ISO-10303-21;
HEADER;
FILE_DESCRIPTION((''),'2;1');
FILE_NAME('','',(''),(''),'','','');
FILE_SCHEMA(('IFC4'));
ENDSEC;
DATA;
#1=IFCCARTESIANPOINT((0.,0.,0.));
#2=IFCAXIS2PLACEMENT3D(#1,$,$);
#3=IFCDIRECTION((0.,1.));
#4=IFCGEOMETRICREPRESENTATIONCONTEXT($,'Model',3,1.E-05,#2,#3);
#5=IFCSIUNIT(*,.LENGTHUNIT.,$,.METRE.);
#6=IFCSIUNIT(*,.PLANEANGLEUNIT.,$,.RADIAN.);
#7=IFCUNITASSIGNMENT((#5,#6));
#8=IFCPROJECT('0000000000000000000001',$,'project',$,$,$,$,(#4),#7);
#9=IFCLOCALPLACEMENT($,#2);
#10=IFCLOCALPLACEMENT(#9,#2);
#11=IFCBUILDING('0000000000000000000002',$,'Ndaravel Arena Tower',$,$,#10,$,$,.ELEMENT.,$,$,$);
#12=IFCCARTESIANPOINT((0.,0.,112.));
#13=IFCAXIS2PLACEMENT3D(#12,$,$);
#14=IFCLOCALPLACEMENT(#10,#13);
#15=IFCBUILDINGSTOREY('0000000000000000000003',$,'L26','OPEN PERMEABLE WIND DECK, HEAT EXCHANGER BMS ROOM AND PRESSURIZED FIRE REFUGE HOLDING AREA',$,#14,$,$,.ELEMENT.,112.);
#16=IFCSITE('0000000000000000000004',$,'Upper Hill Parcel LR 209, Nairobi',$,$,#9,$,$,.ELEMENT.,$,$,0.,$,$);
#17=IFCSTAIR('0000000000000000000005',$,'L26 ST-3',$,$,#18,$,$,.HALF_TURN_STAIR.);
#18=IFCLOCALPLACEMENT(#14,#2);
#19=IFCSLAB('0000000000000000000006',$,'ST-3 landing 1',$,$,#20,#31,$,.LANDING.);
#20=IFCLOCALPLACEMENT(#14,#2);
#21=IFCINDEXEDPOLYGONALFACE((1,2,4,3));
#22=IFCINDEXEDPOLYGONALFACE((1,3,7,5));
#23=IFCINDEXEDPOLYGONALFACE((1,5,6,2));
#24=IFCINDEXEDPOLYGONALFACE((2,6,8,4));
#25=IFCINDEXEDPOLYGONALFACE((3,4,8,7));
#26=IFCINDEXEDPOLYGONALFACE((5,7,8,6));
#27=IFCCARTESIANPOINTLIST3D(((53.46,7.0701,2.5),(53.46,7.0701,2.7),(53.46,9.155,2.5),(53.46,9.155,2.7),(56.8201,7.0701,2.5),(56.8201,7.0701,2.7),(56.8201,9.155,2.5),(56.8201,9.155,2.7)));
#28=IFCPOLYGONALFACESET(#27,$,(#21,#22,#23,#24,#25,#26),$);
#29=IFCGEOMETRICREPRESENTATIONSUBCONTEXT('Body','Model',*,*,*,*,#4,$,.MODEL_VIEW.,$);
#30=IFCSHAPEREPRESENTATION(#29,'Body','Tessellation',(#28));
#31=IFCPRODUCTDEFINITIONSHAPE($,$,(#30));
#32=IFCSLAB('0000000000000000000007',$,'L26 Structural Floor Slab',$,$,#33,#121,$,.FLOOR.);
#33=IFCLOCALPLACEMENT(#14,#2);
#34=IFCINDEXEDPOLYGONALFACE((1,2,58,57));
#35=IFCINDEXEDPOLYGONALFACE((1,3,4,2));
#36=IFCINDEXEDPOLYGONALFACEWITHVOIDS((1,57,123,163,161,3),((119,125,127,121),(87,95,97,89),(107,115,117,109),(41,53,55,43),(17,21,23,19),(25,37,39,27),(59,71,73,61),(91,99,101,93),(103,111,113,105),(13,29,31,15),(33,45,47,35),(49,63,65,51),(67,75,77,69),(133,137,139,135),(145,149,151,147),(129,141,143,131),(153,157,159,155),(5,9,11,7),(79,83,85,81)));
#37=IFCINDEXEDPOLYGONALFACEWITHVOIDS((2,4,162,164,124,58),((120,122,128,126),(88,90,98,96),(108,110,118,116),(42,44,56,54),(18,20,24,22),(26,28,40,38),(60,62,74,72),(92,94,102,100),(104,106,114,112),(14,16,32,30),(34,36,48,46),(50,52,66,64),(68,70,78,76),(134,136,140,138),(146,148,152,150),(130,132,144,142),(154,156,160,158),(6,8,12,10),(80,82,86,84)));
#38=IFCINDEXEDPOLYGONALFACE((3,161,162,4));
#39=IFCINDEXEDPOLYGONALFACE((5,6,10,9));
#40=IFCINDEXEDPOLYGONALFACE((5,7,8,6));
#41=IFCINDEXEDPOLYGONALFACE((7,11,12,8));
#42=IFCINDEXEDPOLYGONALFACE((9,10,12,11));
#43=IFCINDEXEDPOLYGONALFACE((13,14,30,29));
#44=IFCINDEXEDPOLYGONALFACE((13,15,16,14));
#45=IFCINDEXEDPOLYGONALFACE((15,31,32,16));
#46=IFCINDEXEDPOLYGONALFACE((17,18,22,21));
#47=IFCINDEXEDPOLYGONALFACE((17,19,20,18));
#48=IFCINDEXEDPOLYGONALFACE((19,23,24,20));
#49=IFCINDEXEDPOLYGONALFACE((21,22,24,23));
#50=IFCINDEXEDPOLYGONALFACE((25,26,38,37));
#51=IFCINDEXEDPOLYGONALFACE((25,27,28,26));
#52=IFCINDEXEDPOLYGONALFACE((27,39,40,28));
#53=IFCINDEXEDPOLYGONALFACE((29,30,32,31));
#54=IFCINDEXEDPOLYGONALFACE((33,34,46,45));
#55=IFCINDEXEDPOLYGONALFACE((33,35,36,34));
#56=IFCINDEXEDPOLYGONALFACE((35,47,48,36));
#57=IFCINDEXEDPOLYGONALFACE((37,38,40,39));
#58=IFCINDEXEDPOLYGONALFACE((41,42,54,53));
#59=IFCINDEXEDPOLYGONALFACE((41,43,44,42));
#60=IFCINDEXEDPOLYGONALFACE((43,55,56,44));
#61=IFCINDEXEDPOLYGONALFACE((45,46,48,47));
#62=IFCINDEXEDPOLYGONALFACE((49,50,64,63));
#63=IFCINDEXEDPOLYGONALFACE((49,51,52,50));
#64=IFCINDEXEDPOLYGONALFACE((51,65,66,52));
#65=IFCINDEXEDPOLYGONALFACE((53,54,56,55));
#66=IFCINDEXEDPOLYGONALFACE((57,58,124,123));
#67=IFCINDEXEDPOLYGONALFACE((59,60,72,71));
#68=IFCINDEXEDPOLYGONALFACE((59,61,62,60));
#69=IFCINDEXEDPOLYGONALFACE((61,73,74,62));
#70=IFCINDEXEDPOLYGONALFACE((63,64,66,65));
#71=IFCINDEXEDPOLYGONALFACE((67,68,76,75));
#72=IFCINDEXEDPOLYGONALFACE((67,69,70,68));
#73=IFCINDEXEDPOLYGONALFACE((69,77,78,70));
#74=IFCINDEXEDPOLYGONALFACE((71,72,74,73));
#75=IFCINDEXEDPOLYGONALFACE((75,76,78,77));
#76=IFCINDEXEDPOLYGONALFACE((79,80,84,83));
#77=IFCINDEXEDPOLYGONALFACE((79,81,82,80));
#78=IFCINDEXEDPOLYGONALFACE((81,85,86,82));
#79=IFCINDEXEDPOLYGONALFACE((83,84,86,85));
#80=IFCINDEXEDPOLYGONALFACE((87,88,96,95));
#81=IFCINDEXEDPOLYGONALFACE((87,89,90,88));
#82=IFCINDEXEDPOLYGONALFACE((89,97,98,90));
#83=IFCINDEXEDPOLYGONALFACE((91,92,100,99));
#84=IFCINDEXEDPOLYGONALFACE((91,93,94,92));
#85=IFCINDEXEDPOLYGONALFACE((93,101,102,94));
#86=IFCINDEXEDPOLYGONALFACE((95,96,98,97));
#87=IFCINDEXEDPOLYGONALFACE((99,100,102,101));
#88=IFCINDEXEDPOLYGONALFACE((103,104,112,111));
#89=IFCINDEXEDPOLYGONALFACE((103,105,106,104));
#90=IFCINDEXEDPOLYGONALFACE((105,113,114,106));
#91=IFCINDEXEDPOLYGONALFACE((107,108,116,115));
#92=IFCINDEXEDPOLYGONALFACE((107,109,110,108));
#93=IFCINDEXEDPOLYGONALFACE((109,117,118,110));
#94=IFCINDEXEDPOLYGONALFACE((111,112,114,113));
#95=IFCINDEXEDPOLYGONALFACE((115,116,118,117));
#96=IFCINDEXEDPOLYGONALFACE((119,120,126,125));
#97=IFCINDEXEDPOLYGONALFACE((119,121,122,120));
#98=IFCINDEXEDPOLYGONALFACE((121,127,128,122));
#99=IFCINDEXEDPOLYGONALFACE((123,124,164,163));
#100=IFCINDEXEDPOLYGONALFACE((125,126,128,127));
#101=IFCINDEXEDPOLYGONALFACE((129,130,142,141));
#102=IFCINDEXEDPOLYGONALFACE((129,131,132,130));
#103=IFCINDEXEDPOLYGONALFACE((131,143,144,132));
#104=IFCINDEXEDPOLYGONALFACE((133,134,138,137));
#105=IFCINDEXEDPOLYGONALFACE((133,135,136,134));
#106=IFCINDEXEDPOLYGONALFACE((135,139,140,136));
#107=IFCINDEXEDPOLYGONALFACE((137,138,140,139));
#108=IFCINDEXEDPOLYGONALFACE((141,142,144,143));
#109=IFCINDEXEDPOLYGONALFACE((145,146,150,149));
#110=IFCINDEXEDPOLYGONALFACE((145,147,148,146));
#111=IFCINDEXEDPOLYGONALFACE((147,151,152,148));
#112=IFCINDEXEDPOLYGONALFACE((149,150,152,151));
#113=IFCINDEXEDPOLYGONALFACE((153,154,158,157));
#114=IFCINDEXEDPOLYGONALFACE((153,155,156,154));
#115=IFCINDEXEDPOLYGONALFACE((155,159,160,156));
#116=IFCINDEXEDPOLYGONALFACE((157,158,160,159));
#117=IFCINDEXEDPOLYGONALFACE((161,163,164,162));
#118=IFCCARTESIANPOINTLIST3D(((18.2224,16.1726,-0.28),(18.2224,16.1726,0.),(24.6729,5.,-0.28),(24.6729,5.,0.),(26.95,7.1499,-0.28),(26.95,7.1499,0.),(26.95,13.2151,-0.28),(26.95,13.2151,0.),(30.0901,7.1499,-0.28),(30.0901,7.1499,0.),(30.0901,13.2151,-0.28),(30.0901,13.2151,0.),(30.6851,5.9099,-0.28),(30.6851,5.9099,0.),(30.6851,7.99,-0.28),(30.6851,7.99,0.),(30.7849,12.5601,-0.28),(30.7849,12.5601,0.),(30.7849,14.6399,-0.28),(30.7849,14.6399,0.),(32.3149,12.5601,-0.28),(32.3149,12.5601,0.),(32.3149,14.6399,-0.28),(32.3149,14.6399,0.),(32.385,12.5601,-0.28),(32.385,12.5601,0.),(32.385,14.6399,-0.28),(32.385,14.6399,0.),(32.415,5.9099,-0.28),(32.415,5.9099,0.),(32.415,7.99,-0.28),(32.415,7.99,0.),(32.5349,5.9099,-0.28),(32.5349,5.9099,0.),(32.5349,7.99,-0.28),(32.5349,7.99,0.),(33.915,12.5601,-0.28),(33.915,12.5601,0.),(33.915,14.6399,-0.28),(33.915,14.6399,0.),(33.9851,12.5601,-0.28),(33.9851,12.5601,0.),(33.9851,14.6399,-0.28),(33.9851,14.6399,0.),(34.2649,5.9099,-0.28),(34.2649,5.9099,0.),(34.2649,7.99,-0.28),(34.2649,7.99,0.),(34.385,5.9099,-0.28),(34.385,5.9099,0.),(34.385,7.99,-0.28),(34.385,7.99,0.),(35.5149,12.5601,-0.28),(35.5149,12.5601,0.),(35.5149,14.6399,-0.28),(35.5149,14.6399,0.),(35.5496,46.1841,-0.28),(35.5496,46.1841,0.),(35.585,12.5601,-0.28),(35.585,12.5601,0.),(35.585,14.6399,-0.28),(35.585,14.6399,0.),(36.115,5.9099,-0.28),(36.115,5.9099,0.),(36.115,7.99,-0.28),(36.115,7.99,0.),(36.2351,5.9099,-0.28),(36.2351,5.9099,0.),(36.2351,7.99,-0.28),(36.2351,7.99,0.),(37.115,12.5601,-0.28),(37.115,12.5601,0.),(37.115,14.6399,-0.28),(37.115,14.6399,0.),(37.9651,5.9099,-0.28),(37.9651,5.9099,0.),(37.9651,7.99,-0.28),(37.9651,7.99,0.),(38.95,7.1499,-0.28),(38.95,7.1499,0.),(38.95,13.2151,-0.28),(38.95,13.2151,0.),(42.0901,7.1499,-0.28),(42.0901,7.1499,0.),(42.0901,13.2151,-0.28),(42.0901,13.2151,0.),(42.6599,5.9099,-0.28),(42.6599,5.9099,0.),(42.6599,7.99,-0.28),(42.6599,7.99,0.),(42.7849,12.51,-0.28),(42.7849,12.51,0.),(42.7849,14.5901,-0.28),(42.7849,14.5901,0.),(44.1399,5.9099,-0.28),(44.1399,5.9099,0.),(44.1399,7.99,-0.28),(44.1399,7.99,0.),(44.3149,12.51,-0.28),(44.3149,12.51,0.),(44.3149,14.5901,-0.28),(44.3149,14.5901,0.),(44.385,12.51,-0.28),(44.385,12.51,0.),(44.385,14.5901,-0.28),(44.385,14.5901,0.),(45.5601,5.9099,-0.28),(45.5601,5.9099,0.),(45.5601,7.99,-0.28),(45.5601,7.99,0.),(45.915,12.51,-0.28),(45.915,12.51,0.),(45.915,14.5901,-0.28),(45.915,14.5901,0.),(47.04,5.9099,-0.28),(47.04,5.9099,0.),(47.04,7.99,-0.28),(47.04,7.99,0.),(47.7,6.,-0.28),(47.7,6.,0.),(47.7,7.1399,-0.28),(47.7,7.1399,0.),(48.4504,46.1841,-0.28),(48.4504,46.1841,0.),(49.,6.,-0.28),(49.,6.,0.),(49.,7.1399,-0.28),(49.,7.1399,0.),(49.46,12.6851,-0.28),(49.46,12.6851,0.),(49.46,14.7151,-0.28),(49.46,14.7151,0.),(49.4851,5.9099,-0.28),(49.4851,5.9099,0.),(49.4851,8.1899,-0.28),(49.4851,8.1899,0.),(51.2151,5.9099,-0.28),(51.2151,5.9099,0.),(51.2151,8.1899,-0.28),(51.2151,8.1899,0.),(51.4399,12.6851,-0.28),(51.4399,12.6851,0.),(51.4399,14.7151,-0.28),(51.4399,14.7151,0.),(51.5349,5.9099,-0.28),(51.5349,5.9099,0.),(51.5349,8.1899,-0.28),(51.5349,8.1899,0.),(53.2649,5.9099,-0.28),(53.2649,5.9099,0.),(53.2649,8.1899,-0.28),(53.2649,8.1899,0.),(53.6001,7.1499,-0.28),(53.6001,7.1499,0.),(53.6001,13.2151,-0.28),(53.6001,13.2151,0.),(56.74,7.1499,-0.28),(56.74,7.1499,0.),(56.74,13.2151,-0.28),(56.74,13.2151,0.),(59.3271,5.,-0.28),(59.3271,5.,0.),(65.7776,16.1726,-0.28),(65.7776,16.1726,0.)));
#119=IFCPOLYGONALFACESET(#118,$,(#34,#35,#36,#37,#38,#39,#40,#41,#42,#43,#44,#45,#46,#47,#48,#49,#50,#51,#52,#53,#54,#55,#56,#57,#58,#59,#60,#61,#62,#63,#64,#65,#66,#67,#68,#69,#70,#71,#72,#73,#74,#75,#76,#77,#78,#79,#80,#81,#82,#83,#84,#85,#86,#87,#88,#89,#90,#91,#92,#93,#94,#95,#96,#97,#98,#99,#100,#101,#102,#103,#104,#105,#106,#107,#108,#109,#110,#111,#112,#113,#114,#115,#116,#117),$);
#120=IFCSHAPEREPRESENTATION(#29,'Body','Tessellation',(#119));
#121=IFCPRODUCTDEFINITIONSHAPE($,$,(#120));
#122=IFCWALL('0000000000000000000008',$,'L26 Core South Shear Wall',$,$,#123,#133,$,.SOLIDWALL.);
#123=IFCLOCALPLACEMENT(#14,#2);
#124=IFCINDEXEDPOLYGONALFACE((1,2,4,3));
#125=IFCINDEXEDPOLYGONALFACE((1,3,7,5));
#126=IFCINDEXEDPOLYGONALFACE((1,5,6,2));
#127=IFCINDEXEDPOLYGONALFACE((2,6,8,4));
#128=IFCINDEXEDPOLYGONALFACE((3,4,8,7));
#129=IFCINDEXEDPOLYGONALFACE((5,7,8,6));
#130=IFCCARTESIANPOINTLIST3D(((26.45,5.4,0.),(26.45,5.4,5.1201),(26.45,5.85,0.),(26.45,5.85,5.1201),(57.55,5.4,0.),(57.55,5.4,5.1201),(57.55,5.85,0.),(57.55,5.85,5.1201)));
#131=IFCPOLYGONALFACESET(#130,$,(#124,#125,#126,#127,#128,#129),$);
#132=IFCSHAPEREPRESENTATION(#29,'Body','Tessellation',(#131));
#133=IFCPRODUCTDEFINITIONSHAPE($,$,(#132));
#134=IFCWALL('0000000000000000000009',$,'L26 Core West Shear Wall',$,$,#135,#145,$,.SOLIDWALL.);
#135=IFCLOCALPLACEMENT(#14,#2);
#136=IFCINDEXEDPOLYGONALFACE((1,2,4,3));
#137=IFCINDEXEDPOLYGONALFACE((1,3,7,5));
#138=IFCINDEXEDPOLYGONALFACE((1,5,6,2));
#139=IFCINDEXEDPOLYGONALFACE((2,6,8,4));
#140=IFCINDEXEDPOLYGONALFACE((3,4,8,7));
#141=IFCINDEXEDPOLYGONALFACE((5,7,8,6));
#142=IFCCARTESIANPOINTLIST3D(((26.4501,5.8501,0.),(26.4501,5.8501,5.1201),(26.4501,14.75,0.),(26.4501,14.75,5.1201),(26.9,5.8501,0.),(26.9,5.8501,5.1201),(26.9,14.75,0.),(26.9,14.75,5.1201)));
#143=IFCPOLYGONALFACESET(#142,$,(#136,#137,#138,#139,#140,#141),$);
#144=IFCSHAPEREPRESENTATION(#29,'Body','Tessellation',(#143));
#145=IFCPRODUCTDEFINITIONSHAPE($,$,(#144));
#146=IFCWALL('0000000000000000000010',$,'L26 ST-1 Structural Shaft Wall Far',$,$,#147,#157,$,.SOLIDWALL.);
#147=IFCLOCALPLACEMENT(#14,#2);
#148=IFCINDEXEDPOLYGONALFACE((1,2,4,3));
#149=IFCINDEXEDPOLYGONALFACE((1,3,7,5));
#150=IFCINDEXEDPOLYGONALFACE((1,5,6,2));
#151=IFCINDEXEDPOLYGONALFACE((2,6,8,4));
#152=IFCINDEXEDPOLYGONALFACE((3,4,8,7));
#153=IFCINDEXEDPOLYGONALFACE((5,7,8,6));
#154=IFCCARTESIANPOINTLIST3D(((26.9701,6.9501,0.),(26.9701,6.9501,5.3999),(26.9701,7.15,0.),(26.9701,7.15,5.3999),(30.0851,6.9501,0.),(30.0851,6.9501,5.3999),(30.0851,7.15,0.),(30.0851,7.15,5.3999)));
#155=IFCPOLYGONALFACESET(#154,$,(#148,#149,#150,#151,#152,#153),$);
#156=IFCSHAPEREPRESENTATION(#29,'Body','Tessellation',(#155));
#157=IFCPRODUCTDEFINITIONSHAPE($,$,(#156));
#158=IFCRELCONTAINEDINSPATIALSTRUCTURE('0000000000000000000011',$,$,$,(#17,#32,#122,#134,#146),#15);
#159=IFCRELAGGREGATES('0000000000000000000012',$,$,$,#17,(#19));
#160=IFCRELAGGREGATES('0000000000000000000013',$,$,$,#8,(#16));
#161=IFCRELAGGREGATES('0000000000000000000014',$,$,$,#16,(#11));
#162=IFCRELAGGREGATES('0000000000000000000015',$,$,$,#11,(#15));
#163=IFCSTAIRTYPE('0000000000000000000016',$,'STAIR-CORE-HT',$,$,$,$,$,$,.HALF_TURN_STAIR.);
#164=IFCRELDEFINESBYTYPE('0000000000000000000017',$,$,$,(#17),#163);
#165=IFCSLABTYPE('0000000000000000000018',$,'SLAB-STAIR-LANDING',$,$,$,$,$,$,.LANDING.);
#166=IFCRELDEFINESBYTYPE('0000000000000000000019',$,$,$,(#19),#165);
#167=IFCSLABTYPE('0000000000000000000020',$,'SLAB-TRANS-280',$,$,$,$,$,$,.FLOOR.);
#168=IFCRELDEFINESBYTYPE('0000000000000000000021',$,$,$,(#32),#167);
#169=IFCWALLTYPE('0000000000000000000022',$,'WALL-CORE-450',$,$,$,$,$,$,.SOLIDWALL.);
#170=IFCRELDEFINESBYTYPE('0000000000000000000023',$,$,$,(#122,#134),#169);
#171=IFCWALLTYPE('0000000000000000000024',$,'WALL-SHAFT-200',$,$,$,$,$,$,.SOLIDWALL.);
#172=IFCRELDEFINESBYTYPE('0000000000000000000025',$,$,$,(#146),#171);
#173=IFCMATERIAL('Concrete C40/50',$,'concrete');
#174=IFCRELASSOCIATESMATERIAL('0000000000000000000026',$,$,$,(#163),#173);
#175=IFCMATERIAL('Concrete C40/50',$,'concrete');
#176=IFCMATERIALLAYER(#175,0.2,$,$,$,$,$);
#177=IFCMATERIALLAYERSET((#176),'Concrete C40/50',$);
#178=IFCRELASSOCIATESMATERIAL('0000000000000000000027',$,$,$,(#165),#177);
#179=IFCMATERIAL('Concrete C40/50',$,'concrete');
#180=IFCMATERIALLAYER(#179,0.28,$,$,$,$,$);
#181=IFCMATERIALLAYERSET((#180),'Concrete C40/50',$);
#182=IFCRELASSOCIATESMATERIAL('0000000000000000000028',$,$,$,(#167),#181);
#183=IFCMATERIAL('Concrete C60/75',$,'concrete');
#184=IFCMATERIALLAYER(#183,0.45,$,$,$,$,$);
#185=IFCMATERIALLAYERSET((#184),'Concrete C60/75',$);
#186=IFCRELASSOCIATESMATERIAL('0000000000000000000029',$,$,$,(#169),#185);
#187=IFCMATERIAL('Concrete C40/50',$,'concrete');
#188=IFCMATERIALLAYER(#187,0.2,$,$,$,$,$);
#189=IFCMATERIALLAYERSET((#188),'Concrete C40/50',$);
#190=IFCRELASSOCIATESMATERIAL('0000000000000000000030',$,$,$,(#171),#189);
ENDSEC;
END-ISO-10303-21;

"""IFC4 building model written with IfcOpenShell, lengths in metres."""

from ifc_helpers import new_model, si_unit, direction, frame, frame_2d, origin, place, context, subcontext, project, spatial, polyline, rectangle, outline, extrude, material, layer, layer_set, type_object, element, aggregate, save


model = new_model("IFC4")

# Units and contexts
model_context = context("Model", 3, precision=1e-05, world=origin(), true_north=direction((0.0, 1.0)))
body_context = subcontext(model_context, "Body", "Model", "MODEL_VIEW")
ifc_project = project(units=[si_unit("LENGTHUNIT", "METRE"), si_unit("PLANEANGLEUNIT", "RADIAN")], contexts=[model_context])

# Site, building, storey
site_placement = place(None, origin())
site = spatial("IfcSite", under=ifc_project, at=site_placement, Name="Upper Hill Parcel LR 209, Nairobi", CompositionType="ELEMENT", RefElevation=0.0)
building_placement = place(site_placement, origin())
building = spatial("IfcBuilding", under=site, at=building_placement, Name="Ndaravel Arena Tower", CompositionType="ELEMENT")
storey_placement = place(building_placement, frame((0.0, 0.0, 112.0)))
storey = spatial("IfcBuildingStorey", under=building, at=storey_placement, Name="L26", Description="OPEN PERMEABLE WIND DECK, HEAT EXCHANGER BMS ROOM AND PRESSURIZED FIRE REFUGE HOLDING AREA", CompositionType="ELEMENT", Elevation=112.0)

# Stair, slab
ifc_material_1 = material(Name="Concrete C40/50", Category="concrete")
stair_type = type_object("IfcStairType", Name="STAIR-CORE-HT", PredefinedType="HALF_TURN_STAIR", material=ifc_material_1)
ifc_material_2 = material(Name="Concrete C40/50", Category="concrete")
ifc_layer_1 = layer(ifc_material_2, 0.2)
ifc_layer_set_1 = layer_set([ifc_layer_1], Name="Concrete C40/50")
slab_type_1 = type_object("IfcSlabType", Name="SLAB-STAIR-LANDING", PredefinedType="LANDING", material=ifc_layer_set_1)
stair_1_placement = place(storey_placement, origin())
stair_1 = element("IfcStair", 1, at=stair_1_placement, inside=storey, type_object=stair_type, Name="L26 ST-3", PredefinedType="HALF_TURN_STAIR")
slab_1_placement = place(storey_placement, frame((0.0, 0.0, 2.5)))
slab_1 = element("IfcSlab", 2, at=slab_1_placement, type_object=slab_type_1, Name="ST-3 landing 1", PredefinedType="LANDING", context=body_context, shape_type="SweptSolid", body=[
    extrude(outline(polyline([(53.46, 9.155), (53.46, 7.0701), (56.8201, 7.0701), (56.8201, 9.155), (53.46, 9.155)])), origin(), (0.0, 0.0, 1.0), 0.2),
])
aggregate(stair_1, [slab_1])

# Slab
ifc_material_3 = material(Name="Concrete C40/50", Category="concrete")
ifc_layer_2 = layer(ifc_material_3, 0.28)
ifc_layer_set_2 = layer_set([ifc_layer_2], Name="Concrete C40/50")
slab_type_2 = type_object("IfcSlabType", Name="SLAB-TRANS-280", PredefinedType="FLOOR", material=ifc_layer_set_2)
slab_2_placement = place(storey_placement, frame((0.0, 0.0, -0.28)))
element("IfcSlab", 3, at=slab_2_placement, inside=storey, type_object=slab_type_2, Name="L26 Structural Floor Slab", PredefinedType="FLOOR", context=body_context, shape_type="SweptSolid", body=[
    extrude(outline(polyline([(18.2224, 16.1726), (24.6729, 5.0), (59.3271, 5.0), (65.7776, 16.1726), (48.4504, 46.1841), (35.5496, 46.1841), (18.2224, 16.1726)]), holes=[polyline([(26.95, 13.2151), (26.95, 7.1499), (30.0901, 7.1499), (30.0901, 13.2151), (26.95, 13.2151)]), polyline([(38.95, 13.2151), (38.95, 7.1499), (42.0901, 7.1499), (42.0901, 13.2151), (38.95, 13.2151)]), polyline([(53.6001, 13.2151), (53.6001, 7.1499), (56.74, 7.1499), (56.74, 13.2151), (53.6001, 13.2151)]), polyline([(30.6851, 5.9099), (32.415, 5.9099), (32.415, 7.99), (30.6851, 7.99), (30.6851, 5.9099)]), polyline([(32.5349, 5.9099), (34.2649, 5.9099), (34.2649, 7.99), (32.5349, 7.99), (32.5349, 5.9099)]), polyline([(34.385, 5.9099), (36.115, 5.9099), (36.115, 7.99), (34.385, 7.99), (34.385, 5.9099)]), polyline([(36.2351, 5.9099), (37.9651, 5.9099), (37.9651, 7.99), (36.2351, 7.99), (36.2351, 5.9099)]), polyline([(30.7849, 12.5601), (32.3149, 12.5601), (32.3149, 14.6399), (30.7849, 14.6399), (30.7849, 12.5601)]), polyline([(32.385, 12.5601), (33.915, 12.5601), (33.915, 14.6399), (32.385, 14.6399), (32.385, 12.5601)]), polyline([(33.9851, 12.5601), (35.5149, 12.5601), (35.5149, 14.6399), (33.9851, 14.6399), (33.9851, 12.5601)]), polyline([(35.585, 12.5601), (37.115, 12.5601), (37.115, 14.6399), (35.585, 14.6399), (35.585, 12.5601)]), polyline([(42.6599, 5.9099), (44.1399, 5.9099), (44.1399, 7.99), (42.6599, 7.99), (42.6599, 5.9099)]), polyline([(45.5601, 5.9099), (47.04, 5.9099), (47.04, 7.99), (45.5601, 7.99), (45.5601, 5.9099)]), polyline([(42.7849, 12.51), (44.3149, 12.51), (44.3149, 14.5901), (42.7849, 14.5901), (42.7849, 12.51)]), polyline([(44.385, 12.51), (45.915, 12.51), (45.915, 14.5901), (44.385, 14.5901), (44.385, 12.51)]), polyline([(49.4851, 5.9099), (51.2151, 5.9099), (51.2151, 8.1899), (49.4851, 8.1899), (49.4851, 5.9099)]), polyline([(51.5349, 5.9099), (53.2649, 5.9099), (53.2649, 8.1899), (51.5349, 8.1899), (51.5349, 5.9099)]), polyline([(49.46, 12.6851), (51.4399, 12.6851), (51.4399, 14.7151), (49.46, 14.7151), (49.46, 12.6851)]), polyline([(47.7, 6.0), (49.0, 6.0), (49.0, 7.1399), (47.7, 7.1399), (47.7, 6.0)])]), origin(), (0.0, 0.0, 1.0), 0.28),
])

# Walls
ifc_material_4 = material(Name="Concrete C60/75", Category="concrete")
ifc_layer_3 = layer(ifc_material_4, 0.45)
ifc_layer_set_3 = layer_set([ifc_layer_3], Name="Concrete C60/75")
wall_type_1 = type_object("IfcWallType", Name="WALL-CORE-450", PredefinedType="SOLIDWALL", material=ifc_layer_set_3)
wall_1_placement = place(storey_placement, frame((26.45, 5.625, 0.0), z_axis=(0.0, 0.0, 1.0), x_axis=(1.0, 0.0, 0.0)))
element("IfcWall", 4, at=wall_1_placement, inside=storey, type_object=wall_type_1, Name="L26 Core South Shear Wall", PredefinedType="SOLIDWALL", context=body_context, shape_type="SweptSolid", body=[
    extrude(rectangle(XDim=31.1001, YDim=0.45, at=frame_2d((15.55, 0.0))), origin(), (0.0, 0.0, 1.0), 5.1201),
])
wall_2_placement = place(storey_placement, frame((26.675, 5.8501, 0.0), z_axis=(0.0, 0.0, 1.0), x_axis=(0.0, 1.0, 0.0)))
element("IfcWall", 5, at=wall_2_placement, inside=storey, type_object=wall_type_1, Name="L26 Core West Shear Wall", PredefinedType="SOLIDWALL", context=body_context, shape_type="SweptSolid", body=[
    extrude(rectangle(XDim=8.8999, YDim=0.45, at=frame_2d((4.45, 0.0))), origin(), (0.0, 0.0, 1.0), 5.1201),
])
ifc_material_5 = material(Name="Concrete C40/50", Category="concrete")
ifc_layer_4 = layer(ifc_material_5, 0.2)
ifc_layer_set_4 = layer_set([ifc_layer_4], Name="Concrete C40/50")
wall_type_2 = type_object("IfcWallType", Name="WALL-SHAFT-200", PredefinedType="SOLIDWALL", material=ifc_layer_set_4)
wall_3_placement = place(storey_placement, frame((26.97, 7.05, 0.0), z_axis=(0.0, 0.0, 1.0), x_axis=(1.0, 0.0, 0.0)))
element("IfcWall", 6, at=wall_3_placement, inside=storey, type_object=wall_type_2, Name="L26 ST-1 Structural Shaft Wall Far", PredefinedType="SOLIDWALL", context=body_context, shape_type="SweptSolid", body=[
    extrude(rectangle(XDim=3.115, YDim=0.2, at=frame_2d((1.5576, 0.0))), origin(), (0.0, 0.0, 1.0), 5.3999),
])

save(model, "model.ifc")
